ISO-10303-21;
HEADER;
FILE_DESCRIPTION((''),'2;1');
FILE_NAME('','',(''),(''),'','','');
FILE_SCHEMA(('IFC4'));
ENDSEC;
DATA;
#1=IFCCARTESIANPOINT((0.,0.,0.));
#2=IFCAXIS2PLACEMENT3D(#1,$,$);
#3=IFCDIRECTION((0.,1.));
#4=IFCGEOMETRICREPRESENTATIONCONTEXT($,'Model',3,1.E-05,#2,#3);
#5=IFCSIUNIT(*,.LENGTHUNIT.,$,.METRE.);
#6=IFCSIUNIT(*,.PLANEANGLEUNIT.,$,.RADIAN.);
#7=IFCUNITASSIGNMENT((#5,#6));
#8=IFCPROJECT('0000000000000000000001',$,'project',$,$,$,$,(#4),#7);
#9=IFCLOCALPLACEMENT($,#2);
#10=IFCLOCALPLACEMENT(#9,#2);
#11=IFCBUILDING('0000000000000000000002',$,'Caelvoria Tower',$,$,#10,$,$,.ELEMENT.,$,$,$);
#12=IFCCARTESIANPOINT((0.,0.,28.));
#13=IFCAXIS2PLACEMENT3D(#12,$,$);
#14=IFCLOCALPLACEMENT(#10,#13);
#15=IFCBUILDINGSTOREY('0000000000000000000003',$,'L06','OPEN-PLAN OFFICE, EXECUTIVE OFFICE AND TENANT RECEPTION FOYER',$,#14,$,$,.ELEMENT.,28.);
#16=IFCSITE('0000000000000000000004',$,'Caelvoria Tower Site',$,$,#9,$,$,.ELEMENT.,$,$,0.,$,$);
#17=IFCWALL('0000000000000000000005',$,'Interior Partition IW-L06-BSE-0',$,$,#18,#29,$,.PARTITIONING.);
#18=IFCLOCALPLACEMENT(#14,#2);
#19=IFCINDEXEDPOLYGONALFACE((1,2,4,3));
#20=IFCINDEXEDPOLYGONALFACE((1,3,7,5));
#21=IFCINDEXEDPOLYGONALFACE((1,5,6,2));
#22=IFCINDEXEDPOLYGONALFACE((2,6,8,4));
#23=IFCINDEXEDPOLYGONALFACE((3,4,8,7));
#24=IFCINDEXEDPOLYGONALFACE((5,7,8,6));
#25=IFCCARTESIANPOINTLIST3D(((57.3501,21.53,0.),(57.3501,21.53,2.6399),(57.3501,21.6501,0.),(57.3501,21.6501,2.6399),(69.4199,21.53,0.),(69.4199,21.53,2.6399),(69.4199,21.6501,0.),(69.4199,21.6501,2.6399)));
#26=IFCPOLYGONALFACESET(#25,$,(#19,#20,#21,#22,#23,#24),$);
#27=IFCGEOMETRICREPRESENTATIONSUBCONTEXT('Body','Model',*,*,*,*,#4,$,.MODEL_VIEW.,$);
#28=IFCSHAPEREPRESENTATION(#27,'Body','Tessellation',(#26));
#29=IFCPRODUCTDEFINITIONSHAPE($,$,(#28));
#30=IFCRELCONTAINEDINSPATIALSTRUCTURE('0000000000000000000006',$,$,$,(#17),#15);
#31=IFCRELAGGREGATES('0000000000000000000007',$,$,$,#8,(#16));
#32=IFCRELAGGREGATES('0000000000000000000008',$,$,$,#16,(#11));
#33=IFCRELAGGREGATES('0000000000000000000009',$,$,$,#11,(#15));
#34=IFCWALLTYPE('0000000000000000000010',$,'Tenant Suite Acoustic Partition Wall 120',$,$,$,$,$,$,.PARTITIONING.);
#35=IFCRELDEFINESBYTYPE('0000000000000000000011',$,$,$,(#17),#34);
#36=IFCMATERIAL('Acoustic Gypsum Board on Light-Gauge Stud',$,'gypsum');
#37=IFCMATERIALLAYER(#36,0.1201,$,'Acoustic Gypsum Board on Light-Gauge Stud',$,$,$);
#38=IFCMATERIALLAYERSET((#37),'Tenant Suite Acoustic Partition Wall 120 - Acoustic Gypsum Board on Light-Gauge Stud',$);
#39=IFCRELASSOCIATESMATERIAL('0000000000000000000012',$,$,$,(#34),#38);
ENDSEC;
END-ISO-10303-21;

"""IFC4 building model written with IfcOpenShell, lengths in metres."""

from ifc_helpers import new_model, si_unit, direction, frame, frame_2d, origin, place, context, subcontext, project, spatial, rectangle, extrude, material, layer, layer_set, type_object, element, save


model = new_model("IFC4")

# Units and contexts
model_context = context("Model", 3, precision=1e-05, world=origin(), true_north=direction((0.0, 1.0)))
body_context = subcontext(model_context, "Body", "Model", "MODEL_VIEW")
ifc_project = project(units=[si_unit("LENGTHUNIT", "METRE"), si_unit("PLANEANGLEUNIT", "RADIAN")], contexts=[model_context])

# Site, building, storey
site_placement = place(None, origin())
site = spatial("IfcSite", under=ifc_project, at=site_placement, Name="Caelvoria Tower Site", CompositionType="ELEMENT", RefElevation=0.0)
building_placement = place(site_placement, origin())
building = spatial("IfcBuilding", under=site, at=building_placement, Name="Caelvoria Tower", CompositionType="ELEMENT")
storey_placement = place(building_placement, frame((0.0, 0.0, 28.0)))
storey = spatial("IfcBuildingStorey", under=building, at=storey_placement, Name="L06", Description="OPEN-PLAN OFFICE, EXECUTIVE OFFICE AND TENANT RECEPTION FOYER", CompositionType="ELEMENT", Elevation=28.0)

# Shared definitions
ifc_material_1 = material(Name="Acoustic Gypsum Board on Light-Gauge Stud", Category="gypsum")
ifc_layer_1 = layer(ifc_material_1, 0.1201, Name="Acoustic Gypsum Board on Light-Gauge Stud")
ifc_layer_set_1 = layer_set([ifc_layer_1], Name="Tenant Suite Acoustic Partition Wall 120 - Acoustic Gypsum Board on Light-Gauge Stud")
wall_type_1 = type_object("IfcWallType", Name="Tenant Suite Acoustic Partition Wall 120", PredefinedType="PARTITIONING", material=ifc_layer_set_1)

# Wall
wall_1_placement = place(storey_placement, frame((57.3501, 21.5901, 0.0), z_axis=(0.0, 0.0, 1.0), x_axis=(1.0, 0.0, 0.0)))
element("IfcWall", 1, at=wall_1_placement, inside=storey, type_object=wall_type_1, Name="Interior Partition IW-L06-BSE-0", PredefinedType="PARTITIONING", context=body_context, shape_type="SweptSolid", body=[
    extrude(rectangle(XDim=12.0698, YDim=0.1201, at=frame_2d((6.0349, 0.0))), origin(), (0.0, 0.0, 1.0), 2.6399),
])

save(model, "model.ifc")
